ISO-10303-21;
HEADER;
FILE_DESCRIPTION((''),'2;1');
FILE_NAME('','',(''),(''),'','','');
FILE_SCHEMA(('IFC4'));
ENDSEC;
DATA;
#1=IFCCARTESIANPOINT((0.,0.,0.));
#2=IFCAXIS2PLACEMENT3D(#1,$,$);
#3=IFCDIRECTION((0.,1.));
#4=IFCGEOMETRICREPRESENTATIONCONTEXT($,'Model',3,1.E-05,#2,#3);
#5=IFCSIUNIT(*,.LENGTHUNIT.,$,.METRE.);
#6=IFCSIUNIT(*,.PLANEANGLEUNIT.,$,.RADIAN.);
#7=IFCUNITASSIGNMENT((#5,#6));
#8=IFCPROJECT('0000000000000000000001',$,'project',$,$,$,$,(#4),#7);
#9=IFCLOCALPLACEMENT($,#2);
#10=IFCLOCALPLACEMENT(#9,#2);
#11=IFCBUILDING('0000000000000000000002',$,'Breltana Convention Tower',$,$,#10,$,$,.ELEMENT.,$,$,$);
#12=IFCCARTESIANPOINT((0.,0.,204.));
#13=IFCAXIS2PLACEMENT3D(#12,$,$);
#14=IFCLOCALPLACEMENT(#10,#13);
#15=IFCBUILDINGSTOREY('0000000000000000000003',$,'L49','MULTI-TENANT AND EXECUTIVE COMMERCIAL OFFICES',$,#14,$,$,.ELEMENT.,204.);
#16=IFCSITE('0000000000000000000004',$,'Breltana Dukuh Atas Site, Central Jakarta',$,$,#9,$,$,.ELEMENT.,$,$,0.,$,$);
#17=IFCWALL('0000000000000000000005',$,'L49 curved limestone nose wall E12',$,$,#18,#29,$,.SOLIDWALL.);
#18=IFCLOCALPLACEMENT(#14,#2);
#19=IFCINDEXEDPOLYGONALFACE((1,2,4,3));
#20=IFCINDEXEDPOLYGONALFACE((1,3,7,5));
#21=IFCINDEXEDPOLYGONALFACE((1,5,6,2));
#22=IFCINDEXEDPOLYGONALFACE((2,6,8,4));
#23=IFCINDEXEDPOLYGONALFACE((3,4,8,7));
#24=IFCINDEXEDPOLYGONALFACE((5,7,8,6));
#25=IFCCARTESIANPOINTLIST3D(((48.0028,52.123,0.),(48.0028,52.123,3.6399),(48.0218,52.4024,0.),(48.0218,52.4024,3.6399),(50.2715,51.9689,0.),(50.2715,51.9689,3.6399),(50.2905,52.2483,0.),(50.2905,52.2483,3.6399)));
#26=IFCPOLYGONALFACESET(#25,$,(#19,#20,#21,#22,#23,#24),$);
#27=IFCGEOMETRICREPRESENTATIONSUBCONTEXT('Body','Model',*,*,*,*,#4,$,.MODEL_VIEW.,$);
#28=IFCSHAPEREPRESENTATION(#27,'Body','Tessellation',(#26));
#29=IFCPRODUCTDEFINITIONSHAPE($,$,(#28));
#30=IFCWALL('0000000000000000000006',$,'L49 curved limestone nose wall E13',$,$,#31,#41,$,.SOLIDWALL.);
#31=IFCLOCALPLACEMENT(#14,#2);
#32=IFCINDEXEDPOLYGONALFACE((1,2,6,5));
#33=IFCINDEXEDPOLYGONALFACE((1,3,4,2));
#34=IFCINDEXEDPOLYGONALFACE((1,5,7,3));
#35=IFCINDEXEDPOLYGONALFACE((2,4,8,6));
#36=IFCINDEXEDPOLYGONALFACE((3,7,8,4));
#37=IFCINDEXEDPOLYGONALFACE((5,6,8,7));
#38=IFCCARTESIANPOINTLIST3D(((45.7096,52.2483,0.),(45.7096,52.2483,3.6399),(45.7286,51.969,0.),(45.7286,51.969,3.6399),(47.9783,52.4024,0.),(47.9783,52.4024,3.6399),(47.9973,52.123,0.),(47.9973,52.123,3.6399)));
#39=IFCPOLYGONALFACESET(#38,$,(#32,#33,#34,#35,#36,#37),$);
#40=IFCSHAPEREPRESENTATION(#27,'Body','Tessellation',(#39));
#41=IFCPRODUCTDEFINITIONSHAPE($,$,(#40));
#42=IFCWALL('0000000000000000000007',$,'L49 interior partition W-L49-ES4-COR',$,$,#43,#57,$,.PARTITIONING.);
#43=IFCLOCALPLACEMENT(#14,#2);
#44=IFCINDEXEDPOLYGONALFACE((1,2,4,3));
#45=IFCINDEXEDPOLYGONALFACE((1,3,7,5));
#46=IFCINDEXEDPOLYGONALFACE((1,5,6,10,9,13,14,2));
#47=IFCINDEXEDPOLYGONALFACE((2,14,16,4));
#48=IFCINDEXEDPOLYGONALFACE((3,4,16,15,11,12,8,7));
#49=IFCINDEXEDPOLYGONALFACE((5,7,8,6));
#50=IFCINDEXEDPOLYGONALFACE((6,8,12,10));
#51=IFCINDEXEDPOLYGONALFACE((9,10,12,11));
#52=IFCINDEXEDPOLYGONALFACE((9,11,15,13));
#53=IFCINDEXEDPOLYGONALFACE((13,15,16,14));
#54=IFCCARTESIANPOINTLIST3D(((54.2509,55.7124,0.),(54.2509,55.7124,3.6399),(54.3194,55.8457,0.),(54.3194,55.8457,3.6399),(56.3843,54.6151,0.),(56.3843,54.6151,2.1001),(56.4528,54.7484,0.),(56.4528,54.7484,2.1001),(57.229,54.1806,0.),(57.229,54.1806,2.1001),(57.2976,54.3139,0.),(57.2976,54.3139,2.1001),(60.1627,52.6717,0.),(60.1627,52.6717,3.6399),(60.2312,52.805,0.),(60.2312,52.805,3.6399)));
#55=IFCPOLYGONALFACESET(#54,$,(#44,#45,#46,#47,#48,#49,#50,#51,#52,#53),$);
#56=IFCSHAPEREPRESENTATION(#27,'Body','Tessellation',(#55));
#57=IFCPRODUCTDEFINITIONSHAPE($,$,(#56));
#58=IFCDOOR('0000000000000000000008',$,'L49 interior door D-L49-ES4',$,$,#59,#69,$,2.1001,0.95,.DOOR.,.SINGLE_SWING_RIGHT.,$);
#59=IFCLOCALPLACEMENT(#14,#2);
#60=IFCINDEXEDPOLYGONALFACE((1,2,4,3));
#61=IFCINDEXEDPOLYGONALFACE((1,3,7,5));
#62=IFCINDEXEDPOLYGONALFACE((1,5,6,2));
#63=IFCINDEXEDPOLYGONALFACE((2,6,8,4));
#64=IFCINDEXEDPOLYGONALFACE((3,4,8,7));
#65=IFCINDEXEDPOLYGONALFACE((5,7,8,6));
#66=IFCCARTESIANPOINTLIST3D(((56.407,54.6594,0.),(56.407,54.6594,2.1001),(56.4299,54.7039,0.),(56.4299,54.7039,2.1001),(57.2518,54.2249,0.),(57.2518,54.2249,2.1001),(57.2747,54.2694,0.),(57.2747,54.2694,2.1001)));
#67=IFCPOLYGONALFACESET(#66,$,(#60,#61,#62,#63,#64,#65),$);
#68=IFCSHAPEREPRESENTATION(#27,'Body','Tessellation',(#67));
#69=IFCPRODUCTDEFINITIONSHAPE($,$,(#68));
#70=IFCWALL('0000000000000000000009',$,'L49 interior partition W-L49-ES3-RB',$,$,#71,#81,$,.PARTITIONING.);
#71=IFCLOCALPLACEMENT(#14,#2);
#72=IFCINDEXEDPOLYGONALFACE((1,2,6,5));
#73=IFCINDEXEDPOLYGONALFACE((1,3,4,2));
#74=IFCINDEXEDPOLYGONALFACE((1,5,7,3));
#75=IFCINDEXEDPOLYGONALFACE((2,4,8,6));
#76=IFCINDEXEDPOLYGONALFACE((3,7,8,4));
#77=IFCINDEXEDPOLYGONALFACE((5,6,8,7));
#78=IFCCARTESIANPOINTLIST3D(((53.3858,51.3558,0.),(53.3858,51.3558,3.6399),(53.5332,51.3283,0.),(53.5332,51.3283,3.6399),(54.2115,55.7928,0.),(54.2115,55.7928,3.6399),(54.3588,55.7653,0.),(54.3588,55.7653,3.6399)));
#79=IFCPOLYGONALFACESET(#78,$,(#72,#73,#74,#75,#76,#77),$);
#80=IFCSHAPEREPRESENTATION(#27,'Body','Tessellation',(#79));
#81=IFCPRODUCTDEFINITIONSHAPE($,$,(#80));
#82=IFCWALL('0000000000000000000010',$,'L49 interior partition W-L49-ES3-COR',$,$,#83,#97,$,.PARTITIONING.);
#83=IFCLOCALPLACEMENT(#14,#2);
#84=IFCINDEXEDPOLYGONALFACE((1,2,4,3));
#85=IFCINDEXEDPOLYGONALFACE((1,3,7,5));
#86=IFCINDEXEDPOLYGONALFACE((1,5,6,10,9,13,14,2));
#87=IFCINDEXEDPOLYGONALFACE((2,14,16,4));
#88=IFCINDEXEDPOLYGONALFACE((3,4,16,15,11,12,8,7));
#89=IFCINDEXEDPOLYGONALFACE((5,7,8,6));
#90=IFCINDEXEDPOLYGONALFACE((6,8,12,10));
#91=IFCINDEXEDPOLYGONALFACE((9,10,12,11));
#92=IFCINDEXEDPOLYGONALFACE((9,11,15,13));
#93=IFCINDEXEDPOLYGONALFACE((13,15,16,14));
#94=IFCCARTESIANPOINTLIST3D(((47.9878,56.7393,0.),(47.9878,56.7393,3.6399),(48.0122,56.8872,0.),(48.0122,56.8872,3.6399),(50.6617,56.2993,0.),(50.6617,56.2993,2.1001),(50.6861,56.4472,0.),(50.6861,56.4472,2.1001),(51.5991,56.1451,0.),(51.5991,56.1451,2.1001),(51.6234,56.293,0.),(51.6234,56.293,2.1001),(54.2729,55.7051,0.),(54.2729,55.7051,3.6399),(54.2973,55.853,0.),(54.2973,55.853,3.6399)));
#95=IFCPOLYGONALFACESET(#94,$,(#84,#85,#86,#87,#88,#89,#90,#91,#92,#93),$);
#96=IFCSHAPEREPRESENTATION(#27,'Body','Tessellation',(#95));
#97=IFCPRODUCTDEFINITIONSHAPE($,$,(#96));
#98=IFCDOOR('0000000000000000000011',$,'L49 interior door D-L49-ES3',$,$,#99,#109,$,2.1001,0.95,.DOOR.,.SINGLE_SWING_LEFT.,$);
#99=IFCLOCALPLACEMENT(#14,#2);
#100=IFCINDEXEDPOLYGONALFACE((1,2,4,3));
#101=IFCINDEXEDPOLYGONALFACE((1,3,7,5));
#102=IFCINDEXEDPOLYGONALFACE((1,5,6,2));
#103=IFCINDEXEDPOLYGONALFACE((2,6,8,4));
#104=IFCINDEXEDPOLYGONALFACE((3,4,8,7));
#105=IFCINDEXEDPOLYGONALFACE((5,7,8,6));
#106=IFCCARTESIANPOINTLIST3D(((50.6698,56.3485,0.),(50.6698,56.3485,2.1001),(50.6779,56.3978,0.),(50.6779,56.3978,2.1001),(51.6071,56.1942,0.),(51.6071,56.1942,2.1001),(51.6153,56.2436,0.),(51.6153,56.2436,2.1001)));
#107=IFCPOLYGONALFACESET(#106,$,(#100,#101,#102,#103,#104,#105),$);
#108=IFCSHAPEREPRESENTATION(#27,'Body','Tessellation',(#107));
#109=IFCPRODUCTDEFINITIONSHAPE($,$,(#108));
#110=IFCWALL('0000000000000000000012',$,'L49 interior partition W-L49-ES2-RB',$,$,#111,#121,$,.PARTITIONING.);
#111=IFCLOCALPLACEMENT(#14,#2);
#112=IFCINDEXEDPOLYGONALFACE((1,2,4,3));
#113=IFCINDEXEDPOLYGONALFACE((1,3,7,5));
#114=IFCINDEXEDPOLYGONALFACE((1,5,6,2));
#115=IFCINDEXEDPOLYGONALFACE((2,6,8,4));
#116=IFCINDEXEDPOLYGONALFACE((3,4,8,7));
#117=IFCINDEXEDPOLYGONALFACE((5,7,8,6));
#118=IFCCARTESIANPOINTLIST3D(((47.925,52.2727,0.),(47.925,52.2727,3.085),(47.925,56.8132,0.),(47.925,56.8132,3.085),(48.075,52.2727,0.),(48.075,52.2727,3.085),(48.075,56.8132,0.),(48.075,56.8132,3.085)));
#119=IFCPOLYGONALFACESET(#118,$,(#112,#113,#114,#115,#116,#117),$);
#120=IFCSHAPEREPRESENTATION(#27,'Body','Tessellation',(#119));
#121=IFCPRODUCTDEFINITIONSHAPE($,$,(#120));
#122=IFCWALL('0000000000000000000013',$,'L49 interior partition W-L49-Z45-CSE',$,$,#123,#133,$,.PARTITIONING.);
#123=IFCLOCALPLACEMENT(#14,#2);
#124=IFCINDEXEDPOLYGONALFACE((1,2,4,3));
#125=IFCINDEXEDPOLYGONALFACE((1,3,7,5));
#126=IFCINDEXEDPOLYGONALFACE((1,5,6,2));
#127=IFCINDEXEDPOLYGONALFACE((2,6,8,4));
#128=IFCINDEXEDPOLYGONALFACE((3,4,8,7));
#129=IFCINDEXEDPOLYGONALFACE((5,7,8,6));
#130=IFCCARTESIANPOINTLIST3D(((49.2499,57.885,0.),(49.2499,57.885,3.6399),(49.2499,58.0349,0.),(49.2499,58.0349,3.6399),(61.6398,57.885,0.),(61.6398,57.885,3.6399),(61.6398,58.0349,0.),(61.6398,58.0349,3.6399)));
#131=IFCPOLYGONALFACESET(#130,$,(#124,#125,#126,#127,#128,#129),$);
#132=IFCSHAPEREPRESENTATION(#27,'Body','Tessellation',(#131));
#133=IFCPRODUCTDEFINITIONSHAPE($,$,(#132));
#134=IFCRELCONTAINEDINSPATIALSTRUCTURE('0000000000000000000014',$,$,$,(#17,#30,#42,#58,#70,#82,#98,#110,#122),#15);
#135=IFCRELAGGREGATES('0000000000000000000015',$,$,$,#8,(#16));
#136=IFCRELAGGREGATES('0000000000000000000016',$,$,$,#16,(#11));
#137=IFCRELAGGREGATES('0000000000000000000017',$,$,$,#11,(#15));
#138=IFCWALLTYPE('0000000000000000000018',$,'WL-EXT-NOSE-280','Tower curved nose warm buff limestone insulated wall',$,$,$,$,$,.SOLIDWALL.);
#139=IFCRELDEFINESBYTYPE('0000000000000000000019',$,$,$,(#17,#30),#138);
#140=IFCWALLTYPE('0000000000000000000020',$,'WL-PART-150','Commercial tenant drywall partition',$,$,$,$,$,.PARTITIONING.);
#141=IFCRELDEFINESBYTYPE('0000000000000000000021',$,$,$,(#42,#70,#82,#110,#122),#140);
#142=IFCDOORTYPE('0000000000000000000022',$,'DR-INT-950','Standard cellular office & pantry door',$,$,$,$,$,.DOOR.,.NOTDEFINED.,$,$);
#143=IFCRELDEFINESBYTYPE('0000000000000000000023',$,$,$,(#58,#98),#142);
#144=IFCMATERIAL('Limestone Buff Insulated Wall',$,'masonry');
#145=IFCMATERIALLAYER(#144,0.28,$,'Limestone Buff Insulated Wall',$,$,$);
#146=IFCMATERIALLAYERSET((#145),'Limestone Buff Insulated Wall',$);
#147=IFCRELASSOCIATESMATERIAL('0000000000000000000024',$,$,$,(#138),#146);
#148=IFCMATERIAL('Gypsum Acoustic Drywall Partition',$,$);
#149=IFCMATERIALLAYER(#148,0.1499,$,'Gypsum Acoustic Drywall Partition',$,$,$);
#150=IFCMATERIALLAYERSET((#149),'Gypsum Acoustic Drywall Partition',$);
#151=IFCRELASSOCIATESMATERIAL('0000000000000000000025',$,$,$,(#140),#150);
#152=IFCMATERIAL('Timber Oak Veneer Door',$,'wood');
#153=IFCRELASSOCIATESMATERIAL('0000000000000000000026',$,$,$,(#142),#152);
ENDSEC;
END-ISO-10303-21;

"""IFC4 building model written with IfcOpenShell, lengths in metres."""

from ifc_helpers import new_model, si_unit, direction, frame, frame_2d, origin, place, context, subcontext, project, spatial, rectangle, extrude, source, transform, mapped, material, layer, layer_set, type_object, type_shapes, element, fill, save


model = new_model("IFC4")

# Units and contexts
model_context = context("Model", 3, precision=1e-05, world=origin(), true_north=direction((0.0, 1.0)))
body_context = subcontext(model_context, "Body", "Model", "MODEL_VIEW")
ifc_project = project(units=[si_unit("LENGTHUNIT", "METRE"), si_unit("PLANEANGLEUNIT", "RADIAN")], contexts=[model_context])

# Site, building, storey
site_placement = place(None, origin())
site = spatial("IfcSite", under=ifc_project, at=site_placement, Name="Breltana Dukuh Atas Site, Central Jakarta", CompositionType="ELEMENT", RefElevation=0.0)
building_placement = place(site_placement, origin())
building = spatial("IfcBuilding", under=site, at=building_placement, Name="Breltana Convention Tower", CompositionType="ELEMENT")
storey_placement = place(building_placement, frame((0.0, 0.0, 204.0)))
storey = spatial("IfcBuildingStorey", under=building, at=storey_placement, Name="L49", Description="MULTI-TENANT AND EXECUTIVE COMMERCIAL OFFICES", CompositionType="ELEMENT", Elevation=204.0)

# Walls
ifc_material_1 = material(Name="Limestone Buff Insulated Wall", Category="masonry")
ifc_layer_1 = layer(ifc_material_1, 0.28, Name="Limestone Buff Insulated Wall")
ifc_layer_set_1 = layer_set([ifc_layer_1], Name="Limestone Buff Insulated Wall")
wall_type_1 = type_object("IfcWallType", Name="WL-EXT-NOSE-280", Description="Tower curved nose warm buff limestone insulated wall", PredefinedType="SOLIDWALL", material=ifc_layer_set_1)
shared_shape_1 = source(origin(), body_context, "Body", "SweptSolid", [
    extrude(rectangle(XDim=2.2739, YDim=0.28, at=frame_2d((1.137, 0.0))), origin(), (0.0, 0.0, 1.0), 3.6399),
])
for number, where, z_axis, x_axis, name in (
    (1, (50.281, 52.1086, 0.0), (0.0, 0.0, 1.0), (-0.997703, 0.067745, 0.0), "L49 curved limestone nose wall E12"),
    (2, (47.9878, 52.2627, 0.0), (0.0, 0.0, 1.0), (-0.997703, -0.067745, 0.0), "L49 curved limestone nose wall E13"),
):
    element("IfcWall", number, at=place(storey_placement, frame(where, z_axis=z_axis, x_axis=x_axis)), inside=storey, type_object=wall_type_1, Name=name, PredefinedType="SOLIDWALL", context=body_context, shape_type="MappedRepresentation", body=[
        mapped(shared_shape_1, transform((0.0, 0.0, 0.0), scale=1.0)),
    ])

# Wall, opening, door
ifc_material_2 = material(Name="Gypsum Acoustic Drywall Partition")
ifc_layer_2 = layer(ifc_material_2, 0.1499, Name="Gypsum Acoustic Drywall Partition")
ifc_layer_set_2 = layer_set([ifc_layer_2], Name="Gypsum Acoustic Drywall Partition")
wall_type_2 = type_object("IfcWallType", Name="WL-PART-150", Description="Commercial tenant drywall partition", PredefinedType="PARTITIONING", material=ifc_layer_set_2)
shared_shape_2 = source(origin(), body_context, "Body", "SweptSolid", [
    extrude(rectangle(XDim=6.6479, YDim=0.1499, at=frame_2d((3.324, 0.0))), origin(), (0.0, 0.0, 1.0), 3.6399),
])
wall_1_placement = place(storey_placement, frame((54.2852, 55.7791, 0.0), z_axis=(0.0, 0.0, 1.0), x_axis=(0.889264, -0.457394, 0.0)))
wall_1 = element("IfcWall", 3, at=wall_1_placement, inside=storey, type_object=wall_type_2, Name="L49 interior partition W-L49-ES4-COR", PredefinedType="PARTITIONING", context=body_context, shape_type="MappedRepresentation", body=[
    mapped(shared_shape_2, transform((0.0, 0.0, 0.0), scale=1.0)),
])
opening_1_placement = place(wall_1_placement, frame((2.3989, 0.0, 0.0)))
opening_1 = element("IfcOpeningElement", 4, at=opening_1_placement, cuts=wall_1, PredefinedType="OPENING", context=body_context, shape_type="SweptSolid", body=[
    extrude(rectangle(XDim=0.95, YDim=2.1001, at=frame_2d((0.4751, 1.05))), frame((0.0, 0.085, 0.0), z_axis=(0.0, -1.0, 0.0), x_axis=(1.0, 0.0, 0.0)), (0.0, 0.0, 1.0), 0.1699),
])
ifc_material_3 = material(Name="Timber Oak Veneer Door", Category="wood")
door_type = type_object("IfcDoorType", Name="DR-INT-950", Description="Standard cellular office & pantry door", OperationType="NOTDEFINED", PredefinedType="DOOR", material=ifc_material_3)
shared_shape_3 = source(origin(), body_context, "Body", "SweptSolid", [
    extrude(rectangle(XDim=0.95, YDim=2.1001, at=frame_2d((0.4751, 1.05))), frame((0.0, 0.0249, 0.0), z_axis=(0.0, -1.0, 0.0), x_axis=(1.0, 0.0, 0.0)), (0.0, 0.0, 1.0), 0.05),
])
type_shapes(door_type, [shared_shape_3])
door_1_placement = place(opening_1_placement, origin())
door_1 = element("IfcDoor", 5, at=door_1_placement, inside=storey, type_object=door_type, Name="L49 interior door D-L49-ES4", OperationType="SINGLE_SWING_RIGHT", OverallHeight=2.1001, OverallWidth=0.95, PredefinedType="DOOR", context=body_context, shape_type="MappedRepresentation", body=[
    mapped(shared_shape_3, transform((0.0, 0.0, 0.0), scale=1.0)),
])
fill(opening_1, door_1)

# Wall
shared_shape_4 = source(origin(), body_context, "Body", "SweptSolid", [
    extrude(rectangle(XDim=4.5132, YDim=0.1499, at=frame_2d((2.2566, 0.0))), origin(), (0.0, 0.0, 1.0), 3.6399),
])
wall_2_placement = place(storey_placement, frame((53.4595, 51.342, 0.0), z_axis=(0.0, 0.0, 1.0), x_axis=(0.182949, 0.983122, 0.0)))
element("IfcWall", 6, at=wall_2_placement, inside=storey, type_object=wall_type_2, Name="L49 interior partition W-L49-ES3-RB", PredefinedType="PARTITIONING", context=body_context, shape_type="MappedRepresentation", body=[
    mapped(shared_shape_4, transform((0.0, 0.0, 0.0), scale=1.0)),
])

# Wall, opening, door
shared_shape_5 = source(origin(), body_context, "Body", "SweptSolid", [
    extrude(rectangle(XDim=6.3696, YDim=0.1499, at=frame_2d((3.1848, 0.0))), origin(), (0.0, 0.0, 1.0), 3.6399),
])
wall_3_placement = place(storey_placement, frame((48.0, 56.8132, 0.0), z_axis=(0.0, 0.0, 1.0), x_axis=(0.986732, -0.16236, 0.0)))
wall_3 = element("IfcWall", 7, at=wall_3_placement, inside=storey, type_object=wall_type_2, Name="L49 interior partition W-L49-ES3-COR", PredefinedType="PARTITIONING", context=body_context, shape_type="MappedRepresentation", body=[
    mapped(shared_shape_5, transform((0.0, 0.0, 0.0), scale=1.0)),
])
opening_2_placement = place(wall_3_placement, frame((2.7097, 0.0, 0.0)))
opening_2 = element("IfcOpeningElement", 8, at=opening_2_placement, cuts=wall_3, PredefinedType="OPENING", context=body_context, shape_type="SweptSolid", body=[
    extrude(rectangle(XDim=0.95, YDim=2.1001, at=frame_2d((0.4751, 1.05))), frame((0.0, 0.085, 0.0), z_axis=(0.0, -1.0, 0.0), x_axis=(1.0, 0.0, 0.0)), (0.0, 0.0, 1.0), 0.1699),
])
door_2_placement = place(opening_2_placement, origin())
door_2 = element("IfcDoor", 9, at=door_2_placement, inside=storey, type_object=door_type, Name="L49 interior door D-L49-ES3", OperationType="SINGLE_SWING_LEFT", OverallHeight=2.1001, OverallWidth=0.95, PredefinedType="DOOR", context=body_context, shape_type="MappedRepresentation", body=[
    mapped(shared_shape_3, transform((0.0, 0.0, 0.0), scale=1.0)),
])
fill(opening_2, door_2)

# Walls
shared_shape_6 = source(origin(), body_context, "Body", "SweptSolid", [
    extrude(rectangle(XDim=4.5405, YDim=0.1499, at=frame_2d((2.2703, 0.0))), origin(), (0.0, 0.0, 1.0), 3.085),
])
wall_4_placement = place(storey_placement, frame((48.0, 52.2727, 0.0), z_axis=(0.0, 0.0, 1.0), x_axis=(0.0, 1.0, 0.0)))
element("IfcWall", 10, at=wall_4_placement, inside=storey, type_object=wall_type_2, Name="L49 interior partition W-L49-ES2-RB", PredefinedType="PARTITIONING", context=body_context, shape_type="MappedRepresentation", body=[
    mapped(shared_shape_6, transform((0.0, 0.0, 0.0), scale=1.0)),
])
shared_shape_7 = source(origin(), body_context, "Body", "SweptSolid", [
    extrude(rectangle(XDim=12.3899, YDim=0.1499, at=frame_2d((6.1948, 0.0))), origin(), (0.0, 0.0, 1.0), 3.6399),
])
wall_5_placement = place(storey_placement, frame((49.25, 57.96, 0.0), z_axis=(0.0, 0.0, 1.0), x_axis=(1.0, 0.0, 0.0)))
element("IfcWall", 11, at=wall_5_placement, inside=storey, type_object=wall_type_2, Name="L49 interior partition W-L49-Z45-CSE", PredefinedType="PARTITIONING", context=body_context, shape_type="MappedRepresentation", body=[
    mapped(shared_shape_7, transform((0.0, 0.0, 0.0), scale=1.0)),
])

save(model, "model.ifc")
